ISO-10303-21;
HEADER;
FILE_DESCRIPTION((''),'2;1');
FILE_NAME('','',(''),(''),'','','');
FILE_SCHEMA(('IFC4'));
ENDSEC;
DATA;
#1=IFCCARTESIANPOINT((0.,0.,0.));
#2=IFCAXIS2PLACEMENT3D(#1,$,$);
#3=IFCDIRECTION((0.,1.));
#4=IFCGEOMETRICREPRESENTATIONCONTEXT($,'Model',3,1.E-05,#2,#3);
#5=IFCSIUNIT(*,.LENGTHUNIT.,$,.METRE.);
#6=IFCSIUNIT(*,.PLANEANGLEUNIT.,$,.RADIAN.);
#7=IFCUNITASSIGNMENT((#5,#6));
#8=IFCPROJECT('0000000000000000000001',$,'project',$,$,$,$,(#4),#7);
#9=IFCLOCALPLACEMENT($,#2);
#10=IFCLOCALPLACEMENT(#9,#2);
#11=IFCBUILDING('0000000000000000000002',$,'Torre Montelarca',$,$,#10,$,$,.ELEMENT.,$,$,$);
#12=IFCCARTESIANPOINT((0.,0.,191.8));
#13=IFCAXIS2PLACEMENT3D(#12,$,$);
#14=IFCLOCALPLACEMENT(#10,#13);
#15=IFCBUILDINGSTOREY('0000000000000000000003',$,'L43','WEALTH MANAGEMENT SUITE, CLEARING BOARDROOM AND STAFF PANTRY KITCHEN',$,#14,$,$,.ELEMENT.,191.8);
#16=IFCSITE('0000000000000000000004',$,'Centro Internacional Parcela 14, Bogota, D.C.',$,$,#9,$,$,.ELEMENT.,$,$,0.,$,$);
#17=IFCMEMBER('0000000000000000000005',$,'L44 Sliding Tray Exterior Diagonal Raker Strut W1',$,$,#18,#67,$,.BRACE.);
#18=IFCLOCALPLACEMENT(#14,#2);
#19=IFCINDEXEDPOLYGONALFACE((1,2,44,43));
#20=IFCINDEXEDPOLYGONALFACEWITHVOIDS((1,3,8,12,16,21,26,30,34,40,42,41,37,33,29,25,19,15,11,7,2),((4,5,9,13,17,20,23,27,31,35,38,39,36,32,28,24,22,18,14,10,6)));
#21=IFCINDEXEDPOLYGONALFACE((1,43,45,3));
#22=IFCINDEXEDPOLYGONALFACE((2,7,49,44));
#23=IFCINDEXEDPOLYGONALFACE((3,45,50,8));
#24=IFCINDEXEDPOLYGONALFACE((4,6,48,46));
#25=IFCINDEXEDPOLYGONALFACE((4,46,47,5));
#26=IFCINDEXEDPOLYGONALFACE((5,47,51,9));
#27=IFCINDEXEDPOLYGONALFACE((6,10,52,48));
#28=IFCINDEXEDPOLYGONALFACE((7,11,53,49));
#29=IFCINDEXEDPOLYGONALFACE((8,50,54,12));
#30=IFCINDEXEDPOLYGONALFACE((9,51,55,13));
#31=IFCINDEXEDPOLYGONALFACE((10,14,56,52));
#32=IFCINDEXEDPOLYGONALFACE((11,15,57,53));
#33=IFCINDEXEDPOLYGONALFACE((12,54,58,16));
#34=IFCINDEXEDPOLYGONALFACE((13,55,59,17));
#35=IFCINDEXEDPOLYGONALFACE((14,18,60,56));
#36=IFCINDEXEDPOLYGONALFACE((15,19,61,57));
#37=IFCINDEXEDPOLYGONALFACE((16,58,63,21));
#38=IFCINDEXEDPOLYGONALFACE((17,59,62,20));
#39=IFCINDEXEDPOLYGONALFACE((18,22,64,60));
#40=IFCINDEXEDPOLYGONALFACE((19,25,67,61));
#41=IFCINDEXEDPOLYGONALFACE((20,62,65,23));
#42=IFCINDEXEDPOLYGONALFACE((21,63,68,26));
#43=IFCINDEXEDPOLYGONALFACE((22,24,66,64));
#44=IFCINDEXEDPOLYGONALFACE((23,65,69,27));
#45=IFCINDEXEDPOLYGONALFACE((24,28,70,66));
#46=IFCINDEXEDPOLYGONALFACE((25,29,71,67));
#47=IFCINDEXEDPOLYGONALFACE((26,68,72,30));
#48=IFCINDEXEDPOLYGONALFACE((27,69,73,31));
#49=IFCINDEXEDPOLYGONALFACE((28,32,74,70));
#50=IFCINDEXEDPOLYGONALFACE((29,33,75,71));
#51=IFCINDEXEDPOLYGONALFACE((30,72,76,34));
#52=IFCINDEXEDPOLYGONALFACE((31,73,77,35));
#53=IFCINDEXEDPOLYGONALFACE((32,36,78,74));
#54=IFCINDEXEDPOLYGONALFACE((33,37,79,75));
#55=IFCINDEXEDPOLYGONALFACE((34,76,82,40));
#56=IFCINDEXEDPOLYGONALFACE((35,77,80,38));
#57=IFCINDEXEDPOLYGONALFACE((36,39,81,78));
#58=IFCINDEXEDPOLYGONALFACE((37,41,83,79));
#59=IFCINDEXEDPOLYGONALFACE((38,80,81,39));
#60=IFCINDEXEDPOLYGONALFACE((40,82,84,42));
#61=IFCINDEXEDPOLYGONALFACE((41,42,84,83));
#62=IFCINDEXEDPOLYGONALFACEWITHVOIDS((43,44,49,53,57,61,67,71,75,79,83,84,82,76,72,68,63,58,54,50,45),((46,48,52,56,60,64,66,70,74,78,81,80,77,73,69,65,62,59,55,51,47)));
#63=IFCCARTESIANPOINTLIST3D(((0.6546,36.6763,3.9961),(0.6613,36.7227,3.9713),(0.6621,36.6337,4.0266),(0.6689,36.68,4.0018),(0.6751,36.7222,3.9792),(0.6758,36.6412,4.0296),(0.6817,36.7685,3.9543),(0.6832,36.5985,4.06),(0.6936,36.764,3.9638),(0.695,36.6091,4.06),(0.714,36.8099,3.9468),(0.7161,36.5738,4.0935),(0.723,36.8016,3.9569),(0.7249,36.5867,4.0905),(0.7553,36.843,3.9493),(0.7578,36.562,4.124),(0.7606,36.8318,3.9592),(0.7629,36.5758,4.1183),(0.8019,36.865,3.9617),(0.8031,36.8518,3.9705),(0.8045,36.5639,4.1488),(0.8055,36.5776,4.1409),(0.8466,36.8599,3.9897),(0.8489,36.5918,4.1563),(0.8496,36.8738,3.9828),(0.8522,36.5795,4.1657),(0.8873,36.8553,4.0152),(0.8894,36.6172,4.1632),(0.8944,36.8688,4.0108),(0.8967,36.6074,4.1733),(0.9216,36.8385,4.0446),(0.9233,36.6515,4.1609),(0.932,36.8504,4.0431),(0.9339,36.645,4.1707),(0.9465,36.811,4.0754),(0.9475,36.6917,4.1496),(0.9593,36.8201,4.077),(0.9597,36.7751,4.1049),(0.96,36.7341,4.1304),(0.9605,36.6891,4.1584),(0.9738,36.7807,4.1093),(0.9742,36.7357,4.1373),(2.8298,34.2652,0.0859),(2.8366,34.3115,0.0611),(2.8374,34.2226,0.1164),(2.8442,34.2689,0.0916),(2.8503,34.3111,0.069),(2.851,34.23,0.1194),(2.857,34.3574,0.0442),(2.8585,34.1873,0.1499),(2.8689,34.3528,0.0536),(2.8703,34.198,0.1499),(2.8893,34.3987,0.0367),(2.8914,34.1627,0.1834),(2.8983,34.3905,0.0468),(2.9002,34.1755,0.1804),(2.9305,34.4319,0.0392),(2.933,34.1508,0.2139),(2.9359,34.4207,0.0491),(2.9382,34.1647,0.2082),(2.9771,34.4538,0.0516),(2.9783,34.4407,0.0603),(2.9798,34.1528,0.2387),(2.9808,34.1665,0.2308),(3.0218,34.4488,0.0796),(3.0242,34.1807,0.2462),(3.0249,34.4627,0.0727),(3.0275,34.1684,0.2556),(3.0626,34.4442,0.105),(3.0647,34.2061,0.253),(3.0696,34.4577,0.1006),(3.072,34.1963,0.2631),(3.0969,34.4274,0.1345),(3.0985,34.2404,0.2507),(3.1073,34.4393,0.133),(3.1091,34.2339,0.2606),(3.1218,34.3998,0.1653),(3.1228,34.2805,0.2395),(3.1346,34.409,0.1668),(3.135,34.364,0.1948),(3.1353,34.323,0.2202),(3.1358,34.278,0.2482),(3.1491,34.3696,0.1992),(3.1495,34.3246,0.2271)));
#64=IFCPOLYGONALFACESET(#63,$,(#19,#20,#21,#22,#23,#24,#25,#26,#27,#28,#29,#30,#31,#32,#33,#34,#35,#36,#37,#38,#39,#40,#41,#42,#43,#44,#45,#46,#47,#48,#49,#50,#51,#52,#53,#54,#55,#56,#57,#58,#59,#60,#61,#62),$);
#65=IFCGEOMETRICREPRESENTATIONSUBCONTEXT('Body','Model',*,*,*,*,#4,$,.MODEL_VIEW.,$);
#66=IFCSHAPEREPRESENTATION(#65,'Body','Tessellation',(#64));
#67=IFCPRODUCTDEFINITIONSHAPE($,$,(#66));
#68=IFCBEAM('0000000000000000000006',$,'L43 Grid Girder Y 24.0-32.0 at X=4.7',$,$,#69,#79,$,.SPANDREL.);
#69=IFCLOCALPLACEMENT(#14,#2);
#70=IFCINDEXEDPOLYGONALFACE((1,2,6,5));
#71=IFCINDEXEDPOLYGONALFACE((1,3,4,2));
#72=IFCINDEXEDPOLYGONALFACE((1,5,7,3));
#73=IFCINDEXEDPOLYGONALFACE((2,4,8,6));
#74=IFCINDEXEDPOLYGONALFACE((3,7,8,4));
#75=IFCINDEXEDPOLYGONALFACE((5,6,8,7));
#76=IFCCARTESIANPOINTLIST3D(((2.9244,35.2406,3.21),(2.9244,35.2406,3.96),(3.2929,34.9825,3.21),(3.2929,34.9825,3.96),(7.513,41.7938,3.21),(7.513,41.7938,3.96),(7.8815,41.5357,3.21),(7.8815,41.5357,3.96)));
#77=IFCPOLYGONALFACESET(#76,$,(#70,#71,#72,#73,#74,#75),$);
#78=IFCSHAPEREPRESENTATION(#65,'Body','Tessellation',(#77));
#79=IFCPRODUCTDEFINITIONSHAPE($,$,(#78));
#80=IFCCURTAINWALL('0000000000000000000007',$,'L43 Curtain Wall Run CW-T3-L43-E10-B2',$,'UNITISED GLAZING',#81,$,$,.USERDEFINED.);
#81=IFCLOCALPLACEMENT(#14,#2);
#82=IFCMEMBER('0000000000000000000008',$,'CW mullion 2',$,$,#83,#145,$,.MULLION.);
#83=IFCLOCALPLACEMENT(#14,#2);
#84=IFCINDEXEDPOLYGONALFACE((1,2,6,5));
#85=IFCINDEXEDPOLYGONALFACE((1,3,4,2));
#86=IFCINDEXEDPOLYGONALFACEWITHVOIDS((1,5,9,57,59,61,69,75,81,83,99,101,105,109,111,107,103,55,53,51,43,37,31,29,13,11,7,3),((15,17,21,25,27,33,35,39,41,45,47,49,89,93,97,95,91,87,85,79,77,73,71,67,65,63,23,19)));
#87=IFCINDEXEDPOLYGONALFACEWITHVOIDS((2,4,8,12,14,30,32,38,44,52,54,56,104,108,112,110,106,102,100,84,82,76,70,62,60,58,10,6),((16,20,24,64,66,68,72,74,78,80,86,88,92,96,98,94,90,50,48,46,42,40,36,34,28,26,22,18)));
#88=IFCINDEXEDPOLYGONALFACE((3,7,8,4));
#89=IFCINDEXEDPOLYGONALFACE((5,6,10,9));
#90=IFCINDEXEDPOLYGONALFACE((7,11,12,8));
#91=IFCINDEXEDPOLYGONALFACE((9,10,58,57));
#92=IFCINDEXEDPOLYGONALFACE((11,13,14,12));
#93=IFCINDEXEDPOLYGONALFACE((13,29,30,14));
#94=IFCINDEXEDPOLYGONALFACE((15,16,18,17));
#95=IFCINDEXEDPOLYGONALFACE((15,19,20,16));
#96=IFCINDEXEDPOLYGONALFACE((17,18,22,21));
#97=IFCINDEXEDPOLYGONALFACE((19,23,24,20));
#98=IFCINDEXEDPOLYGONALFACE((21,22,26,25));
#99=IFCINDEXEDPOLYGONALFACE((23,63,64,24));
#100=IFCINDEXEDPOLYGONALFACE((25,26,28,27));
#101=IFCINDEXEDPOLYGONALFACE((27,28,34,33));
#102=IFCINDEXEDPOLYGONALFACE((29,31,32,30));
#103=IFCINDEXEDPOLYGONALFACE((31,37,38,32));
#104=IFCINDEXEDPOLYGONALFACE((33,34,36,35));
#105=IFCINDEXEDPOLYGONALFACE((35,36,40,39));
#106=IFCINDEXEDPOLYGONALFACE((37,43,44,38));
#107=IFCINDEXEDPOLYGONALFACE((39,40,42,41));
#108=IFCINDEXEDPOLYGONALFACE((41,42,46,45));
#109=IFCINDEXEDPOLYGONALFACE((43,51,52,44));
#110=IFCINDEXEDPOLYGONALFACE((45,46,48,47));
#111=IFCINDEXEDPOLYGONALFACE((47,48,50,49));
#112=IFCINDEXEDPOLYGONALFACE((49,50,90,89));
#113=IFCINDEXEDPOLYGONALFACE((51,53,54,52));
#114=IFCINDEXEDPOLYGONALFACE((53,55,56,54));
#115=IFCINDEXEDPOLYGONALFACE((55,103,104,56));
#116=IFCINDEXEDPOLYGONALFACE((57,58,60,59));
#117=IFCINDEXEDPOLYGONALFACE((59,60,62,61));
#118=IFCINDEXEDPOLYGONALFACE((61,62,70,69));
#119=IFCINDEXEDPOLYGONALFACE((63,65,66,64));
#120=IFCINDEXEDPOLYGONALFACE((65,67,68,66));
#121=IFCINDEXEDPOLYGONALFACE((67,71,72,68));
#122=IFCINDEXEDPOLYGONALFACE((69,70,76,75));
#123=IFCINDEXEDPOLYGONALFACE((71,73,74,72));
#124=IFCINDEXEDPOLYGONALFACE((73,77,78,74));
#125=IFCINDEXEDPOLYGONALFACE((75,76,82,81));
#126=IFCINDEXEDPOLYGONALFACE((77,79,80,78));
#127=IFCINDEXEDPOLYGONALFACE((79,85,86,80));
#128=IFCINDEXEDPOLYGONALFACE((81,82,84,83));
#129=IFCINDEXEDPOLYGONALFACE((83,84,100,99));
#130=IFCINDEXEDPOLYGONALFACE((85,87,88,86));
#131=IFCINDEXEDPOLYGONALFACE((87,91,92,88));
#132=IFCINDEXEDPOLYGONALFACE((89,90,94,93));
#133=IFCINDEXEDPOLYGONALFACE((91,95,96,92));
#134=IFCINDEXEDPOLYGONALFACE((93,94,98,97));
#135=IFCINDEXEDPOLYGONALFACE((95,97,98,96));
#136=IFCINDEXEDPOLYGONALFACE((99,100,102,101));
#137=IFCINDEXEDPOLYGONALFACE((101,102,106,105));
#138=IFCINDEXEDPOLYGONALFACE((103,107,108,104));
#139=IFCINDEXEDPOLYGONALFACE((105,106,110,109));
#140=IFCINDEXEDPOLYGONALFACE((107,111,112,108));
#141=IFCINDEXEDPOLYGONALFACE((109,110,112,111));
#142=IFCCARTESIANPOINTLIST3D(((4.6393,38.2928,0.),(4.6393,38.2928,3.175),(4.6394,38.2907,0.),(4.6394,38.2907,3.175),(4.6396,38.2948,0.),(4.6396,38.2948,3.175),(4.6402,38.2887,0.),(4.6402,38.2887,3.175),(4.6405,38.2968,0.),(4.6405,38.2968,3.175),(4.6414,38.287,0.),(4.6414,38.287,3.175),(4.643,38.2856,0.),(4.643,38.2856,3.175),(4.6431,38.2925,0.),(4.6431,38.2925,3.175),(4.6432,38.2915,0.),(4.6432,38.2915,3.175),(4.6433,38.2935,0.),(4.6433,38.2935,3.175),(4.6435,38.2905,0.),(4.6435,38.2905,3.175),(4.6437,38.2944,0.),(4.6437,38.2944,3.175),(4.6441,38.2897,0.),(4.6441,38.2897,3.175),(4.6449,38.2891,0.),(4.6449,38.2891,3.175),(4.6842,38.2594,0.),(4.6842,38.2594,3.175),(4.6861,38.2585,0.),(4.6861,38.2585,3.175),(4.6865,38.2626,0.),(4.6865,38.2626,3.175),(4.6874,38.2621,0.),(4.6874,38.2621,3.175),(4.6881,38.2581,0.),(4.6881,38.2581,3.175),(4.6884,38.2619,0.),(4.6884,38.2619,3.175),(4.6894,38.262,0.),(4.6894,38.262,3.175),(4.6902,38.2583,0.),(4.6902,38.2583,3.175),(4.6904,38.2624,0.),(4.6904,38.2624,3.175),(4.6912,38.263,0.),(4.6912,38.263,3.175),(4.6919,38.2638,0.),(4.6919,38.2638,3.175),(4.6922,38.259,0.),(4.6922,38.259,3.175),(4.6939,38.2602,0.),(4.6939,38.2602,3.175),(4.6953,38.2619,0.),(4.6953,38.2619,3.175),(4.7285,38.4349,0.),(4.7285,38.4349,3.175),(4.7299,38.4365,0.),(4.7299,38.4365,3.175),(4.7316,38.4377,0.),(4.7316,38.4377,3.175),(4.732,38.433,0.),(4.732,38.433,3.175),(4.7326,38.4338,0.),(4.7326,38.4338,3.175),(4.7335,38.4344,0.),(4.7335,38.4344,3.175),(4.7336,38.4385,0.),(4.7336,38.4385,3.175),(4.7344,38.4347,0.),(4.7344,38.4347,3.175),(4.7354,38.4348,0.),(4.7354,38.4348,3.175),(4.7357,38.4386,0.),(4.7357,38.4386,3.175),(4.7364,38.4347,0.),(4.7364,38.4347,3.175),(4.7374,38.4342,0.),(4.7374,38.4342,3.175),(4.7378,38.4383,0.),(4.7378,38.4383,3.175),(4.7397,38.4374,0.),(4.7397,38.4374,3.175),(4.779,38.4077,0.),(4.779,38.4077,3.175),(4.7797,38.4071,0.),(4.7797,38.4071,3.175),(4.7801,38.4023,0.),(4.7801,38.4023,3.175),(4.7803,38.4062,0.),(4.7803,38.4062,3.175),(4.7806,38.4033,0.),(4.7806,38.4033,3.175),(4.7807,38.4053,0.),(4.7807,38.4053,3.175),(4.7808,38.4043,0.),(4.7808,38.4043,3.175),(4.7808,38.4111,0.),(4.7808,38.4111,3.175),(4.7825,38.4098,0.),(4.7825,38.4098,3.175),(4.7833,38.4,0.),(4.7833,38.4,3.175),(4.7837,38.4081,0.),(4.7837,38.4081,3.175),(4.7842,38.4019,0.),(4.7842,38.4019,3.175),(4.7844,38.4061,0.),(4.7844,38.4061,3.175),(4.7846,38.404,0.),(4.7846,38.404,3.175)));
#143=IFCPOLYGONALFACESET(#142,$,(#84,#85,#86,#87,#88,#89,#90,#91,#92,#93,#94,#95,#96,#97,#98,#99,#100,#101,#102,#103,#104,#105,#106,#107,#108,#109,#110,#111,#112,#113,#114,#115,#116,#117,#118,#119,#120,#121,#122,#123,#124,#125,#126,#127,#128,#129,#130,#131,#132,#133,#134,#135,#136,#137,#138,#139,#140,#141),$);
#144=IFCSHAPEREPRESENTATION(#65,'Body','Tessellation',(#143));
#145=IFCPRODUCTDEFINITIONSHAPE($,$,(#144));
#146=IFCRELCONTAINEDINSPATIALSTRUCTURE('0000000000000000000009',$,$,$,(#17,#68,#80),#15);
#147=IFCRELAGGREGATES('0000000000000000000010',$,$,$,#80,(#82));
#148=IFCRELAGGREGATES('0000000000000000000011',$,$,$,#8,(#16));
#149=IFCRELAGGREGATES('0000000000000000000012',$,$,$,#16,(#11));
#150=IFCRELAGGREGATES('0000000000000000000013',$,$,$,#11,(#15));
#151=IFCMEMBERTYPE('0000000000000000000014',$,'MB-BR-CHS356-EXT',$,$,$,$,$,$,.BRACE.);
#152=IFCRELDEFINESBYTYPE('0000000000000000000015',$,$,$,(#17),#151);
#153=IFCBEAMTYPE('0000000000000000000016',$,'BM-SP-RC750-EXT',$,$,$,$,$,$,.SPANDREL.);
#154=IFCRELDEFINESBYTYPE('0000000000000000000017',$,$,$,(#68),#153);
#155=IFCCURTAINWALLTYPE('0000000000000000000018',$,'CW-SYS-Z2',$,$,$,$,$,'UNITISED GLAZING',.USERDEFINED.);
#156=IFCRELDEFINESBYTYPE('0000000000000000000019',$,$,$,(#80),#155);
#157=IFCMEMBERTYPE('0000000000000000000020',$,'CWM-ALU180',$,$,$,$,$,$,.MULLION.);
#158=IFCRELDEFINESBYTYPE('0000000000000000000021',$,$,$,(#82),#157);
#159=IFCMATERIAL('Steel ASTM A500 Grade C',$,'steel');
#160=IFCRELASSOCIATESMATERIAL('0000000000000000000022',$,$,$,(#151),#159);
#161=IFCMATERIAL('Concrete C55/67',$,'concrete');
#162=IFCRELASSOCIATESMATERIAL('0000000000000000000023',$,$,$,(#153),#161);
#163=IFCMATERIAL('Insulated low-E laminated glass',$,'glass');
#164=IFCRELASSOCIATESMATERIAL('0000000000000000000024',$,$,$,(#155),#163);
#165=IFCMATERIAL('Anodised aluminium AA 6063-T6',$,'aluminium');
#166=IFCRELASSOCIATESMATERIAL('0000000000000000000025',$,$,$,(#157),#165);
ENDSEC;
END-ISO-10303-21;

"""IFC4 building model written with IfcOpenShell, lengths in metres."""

from ifc_helpers import new_model, si_unit, direction, frame, origin, origin_2d, place, context, subcontext, project, spatial, rectangle, hollow_rectangle, hollow_circle, extrude, source, transform, mapped, material, material_profile, profile_set, type_object, element, aggregate, save


model = new_model("IFC4")

# Units and contexts
model_context = context("Model", 3, precision=1e-05, world=origin(), true_north=direction((0.0, 1.0)))
body_context = subcontext(model_context, "Body", "Model", "MODEL_VIEW")
ifc_project = project(units=[si_unit("LENGTHUNIT", "METRE"), si_unit("PLANEANGLEUNIT", "RADIAN")], contexts=[model_context])

# Site, building, storey
site_placement = place(None, origin())
site = spatial("IfcSite", under=ifc_project, at=site_placement, Name="Centro Internacional Parcela 14, Bogota, D.C.", CompositionType="ELEMENT", RefElevation=0.0)
building_placement = place(site_placement, origin())
building = spatial("IfcBuilding", under=site, at=building_placement, Name="Torre Montelarca", CompositionType="ELEMENT")
storey_placement = place(building_placement, frame((0.0, 0.0, 191.8)))
storey = spatial("IfcBuildingStorey", under=building, at=storey_placement, Name="L43", Description="WEALTH MANAGEMENT SUITE, CLEARING BOARDROOM AND STAFF PANTRY KITCHEN", CompositionType="ELEMENT", Elevation=191.8)

# Shared definitions
ifc_material_1 = material(Name="Concrete C55/67", Category="concrete")

# Member
ifc_material_2 = material(Name="Steel ASTM A500 Grade C", Category="steel")
ifc_material_profile_1 = material_profile(ifc_material_2, hollow_circle(Radius=0.1777, WallThickness=0.0159, at=origin_2d()), Name="HSS355.6X15.9", Category="steel")
ifc_profile_set_1 = profile_set([ifc_material_profile_1], Name="Steel ASTM A500 Grade C")
member_type_1 = type_object("IfcMemberType", Name="MB-BR-CHS356-EXT", PredefinedType="BRACE", material=ifc_profile_set_1)
shared_shape_1 = source(origin(), body_context, "Body", "SweptSolid", [
    extrude(hollow_circle(Radius=0.1777, WallThickness=0.0159, at=origin_2d()), origin(), (0.0, 0.0, 1.0), 5.0828),
])
member_1_placement = place(storey_placement, frame((2.9905, 34.3064, 0.1499), z_axis=(-0.427972, 0.474372, 0.769293), x_axis=(-0.742486, -0.669861, 0.0)))
element("IfcMember", 1, at=member_1_placement, inside=storey, type_object=member_type_1, Name="L44 Sliding Tray Exterior Diagonal Raker Strut W1", PredefinedType="BRACE", context=body_context, shape_type="MappedRepresentation", body=[
    mapped(shared_shape_1, transform((0.0, 0.0, 0.0), scale=1.0)),
])

# Beam
ifc_material_profile_2 = material_profile(ifc_material_1, rectangle(XDim=0.45, YDim=0.75, at=origin_2d()), Name="RCB450X750", Category="concrete")
ifc_profile_set_2 = profile_set([ifc_material_profile_2], Name="Concrete C55/67")
beam_type = type_object("IfcBeamType", Name="BM-SP-RC750-EXT", PredefinedType="SPANDREL", material=ifc_profile_set_2)
shared_shape_2 = source(origin(), body_context, "Body", "SweptSolid", [
    extrude(rectangle(XDim=0.45, YDim=0.75, at=origin_2d()), origin(), (0.0, 0.0, 1.0), 8.0),
])
beam_placement = place(storey_placement, frame((3.1086, 35.1116, 3.585), z_axis=(0.573577, 0.819152, 0.0), x_axis=(-0.819152, 0.573577, 0.0)))
element("IfcBeam", 2, at=beam_placement, inside=storey, type_object=beam_type, Name="L43 Grid Girder Y 24.0-32.0 at X=4.7", PredefinedType="SPANDREL", context=body_context, shape_type="MappedRepresentation", body=[
    mapped(shared_shape_2, transform((0.0, 0.0, 0.0), scale=1.0)),
])

# Curtain wall, member
ifc_material_3 = material(Name="Insulated low-E laminated glass", Category="glass")
curtain_wall_type = type_object("IfcCurtainWallType", Name="CW-SYS-Z2", ElementType="UNITISED GLAZING", PredefinedType="USERDEFINED", material=ifc_material_3)
curtain_wall_1_placement = place(storey_placement, origin())
curtain_wall_1 = element("IfcCurtainWall", 3, at=curtain_wall_1_placement, inside=storey, type_object=curtain_wall_type, Name="L43 Curtain Wall Run CW-T3-L43-E10-B2", ObjectType="UNITISED GLAZING", PredefinedType="USERDEFINED")
ifc_material_4 = material(Name="Anodised aluminium AA 6063-T6", Category="aluminium")
ifc_material_profile_3 = material_profile(ifc_material_4, hollow_rectangle(XDim=0.0649, YDim=0.1799, WallThickness=0.0039, InnerFilletRadius=0.0039, OuterFilletRadius=0.0081, at=origin_2d()), Name="ALU65X180X4", Category="aluminium")
ifc_profile_set_3 = profile_set([ifc_material_profile_3], Name="Anodised aluminium AA 6063-T6")
member_type_2 = type_object("IfcMemberType", Name="CWM-ALU180", PredefinedType="MULLION", material=ifc_profile_set_3)
shared_shape_3 = source(origin(), body_context, "Body", "SweptSolid", [
    extrude(hollow_rectangle(XDim=0.0649, YDim=0.1799, WallThickness=0.0039, InnerFilletRadius=0.0039, OuterFilletRadius=0.0081, at=origin_2d()), origin(), (0.0, 0.0, 1.0), 3.175),
])
member_2_placement = place(storey_placement, frame((4.7119, 38.3484, 0.0), z_axis=(0.0, 0.0, 1.0), x_axis=(0.84339, -0.537301, 0.0)))
member_2 = element("IfcMember", 4, at=member_2_placement, type_object=member_type_2, Name="CW mullion 2", PredefinedType="MULLION", context=body_context, shape_type="MappedRepresentation", body=[
    mapped(shared_shape_3, transform((0.0, 0.0, 0.0), scale=1.0)),
])

aggregate(curtain_wall_1, [member_2])

save(model, "model.ifc")
